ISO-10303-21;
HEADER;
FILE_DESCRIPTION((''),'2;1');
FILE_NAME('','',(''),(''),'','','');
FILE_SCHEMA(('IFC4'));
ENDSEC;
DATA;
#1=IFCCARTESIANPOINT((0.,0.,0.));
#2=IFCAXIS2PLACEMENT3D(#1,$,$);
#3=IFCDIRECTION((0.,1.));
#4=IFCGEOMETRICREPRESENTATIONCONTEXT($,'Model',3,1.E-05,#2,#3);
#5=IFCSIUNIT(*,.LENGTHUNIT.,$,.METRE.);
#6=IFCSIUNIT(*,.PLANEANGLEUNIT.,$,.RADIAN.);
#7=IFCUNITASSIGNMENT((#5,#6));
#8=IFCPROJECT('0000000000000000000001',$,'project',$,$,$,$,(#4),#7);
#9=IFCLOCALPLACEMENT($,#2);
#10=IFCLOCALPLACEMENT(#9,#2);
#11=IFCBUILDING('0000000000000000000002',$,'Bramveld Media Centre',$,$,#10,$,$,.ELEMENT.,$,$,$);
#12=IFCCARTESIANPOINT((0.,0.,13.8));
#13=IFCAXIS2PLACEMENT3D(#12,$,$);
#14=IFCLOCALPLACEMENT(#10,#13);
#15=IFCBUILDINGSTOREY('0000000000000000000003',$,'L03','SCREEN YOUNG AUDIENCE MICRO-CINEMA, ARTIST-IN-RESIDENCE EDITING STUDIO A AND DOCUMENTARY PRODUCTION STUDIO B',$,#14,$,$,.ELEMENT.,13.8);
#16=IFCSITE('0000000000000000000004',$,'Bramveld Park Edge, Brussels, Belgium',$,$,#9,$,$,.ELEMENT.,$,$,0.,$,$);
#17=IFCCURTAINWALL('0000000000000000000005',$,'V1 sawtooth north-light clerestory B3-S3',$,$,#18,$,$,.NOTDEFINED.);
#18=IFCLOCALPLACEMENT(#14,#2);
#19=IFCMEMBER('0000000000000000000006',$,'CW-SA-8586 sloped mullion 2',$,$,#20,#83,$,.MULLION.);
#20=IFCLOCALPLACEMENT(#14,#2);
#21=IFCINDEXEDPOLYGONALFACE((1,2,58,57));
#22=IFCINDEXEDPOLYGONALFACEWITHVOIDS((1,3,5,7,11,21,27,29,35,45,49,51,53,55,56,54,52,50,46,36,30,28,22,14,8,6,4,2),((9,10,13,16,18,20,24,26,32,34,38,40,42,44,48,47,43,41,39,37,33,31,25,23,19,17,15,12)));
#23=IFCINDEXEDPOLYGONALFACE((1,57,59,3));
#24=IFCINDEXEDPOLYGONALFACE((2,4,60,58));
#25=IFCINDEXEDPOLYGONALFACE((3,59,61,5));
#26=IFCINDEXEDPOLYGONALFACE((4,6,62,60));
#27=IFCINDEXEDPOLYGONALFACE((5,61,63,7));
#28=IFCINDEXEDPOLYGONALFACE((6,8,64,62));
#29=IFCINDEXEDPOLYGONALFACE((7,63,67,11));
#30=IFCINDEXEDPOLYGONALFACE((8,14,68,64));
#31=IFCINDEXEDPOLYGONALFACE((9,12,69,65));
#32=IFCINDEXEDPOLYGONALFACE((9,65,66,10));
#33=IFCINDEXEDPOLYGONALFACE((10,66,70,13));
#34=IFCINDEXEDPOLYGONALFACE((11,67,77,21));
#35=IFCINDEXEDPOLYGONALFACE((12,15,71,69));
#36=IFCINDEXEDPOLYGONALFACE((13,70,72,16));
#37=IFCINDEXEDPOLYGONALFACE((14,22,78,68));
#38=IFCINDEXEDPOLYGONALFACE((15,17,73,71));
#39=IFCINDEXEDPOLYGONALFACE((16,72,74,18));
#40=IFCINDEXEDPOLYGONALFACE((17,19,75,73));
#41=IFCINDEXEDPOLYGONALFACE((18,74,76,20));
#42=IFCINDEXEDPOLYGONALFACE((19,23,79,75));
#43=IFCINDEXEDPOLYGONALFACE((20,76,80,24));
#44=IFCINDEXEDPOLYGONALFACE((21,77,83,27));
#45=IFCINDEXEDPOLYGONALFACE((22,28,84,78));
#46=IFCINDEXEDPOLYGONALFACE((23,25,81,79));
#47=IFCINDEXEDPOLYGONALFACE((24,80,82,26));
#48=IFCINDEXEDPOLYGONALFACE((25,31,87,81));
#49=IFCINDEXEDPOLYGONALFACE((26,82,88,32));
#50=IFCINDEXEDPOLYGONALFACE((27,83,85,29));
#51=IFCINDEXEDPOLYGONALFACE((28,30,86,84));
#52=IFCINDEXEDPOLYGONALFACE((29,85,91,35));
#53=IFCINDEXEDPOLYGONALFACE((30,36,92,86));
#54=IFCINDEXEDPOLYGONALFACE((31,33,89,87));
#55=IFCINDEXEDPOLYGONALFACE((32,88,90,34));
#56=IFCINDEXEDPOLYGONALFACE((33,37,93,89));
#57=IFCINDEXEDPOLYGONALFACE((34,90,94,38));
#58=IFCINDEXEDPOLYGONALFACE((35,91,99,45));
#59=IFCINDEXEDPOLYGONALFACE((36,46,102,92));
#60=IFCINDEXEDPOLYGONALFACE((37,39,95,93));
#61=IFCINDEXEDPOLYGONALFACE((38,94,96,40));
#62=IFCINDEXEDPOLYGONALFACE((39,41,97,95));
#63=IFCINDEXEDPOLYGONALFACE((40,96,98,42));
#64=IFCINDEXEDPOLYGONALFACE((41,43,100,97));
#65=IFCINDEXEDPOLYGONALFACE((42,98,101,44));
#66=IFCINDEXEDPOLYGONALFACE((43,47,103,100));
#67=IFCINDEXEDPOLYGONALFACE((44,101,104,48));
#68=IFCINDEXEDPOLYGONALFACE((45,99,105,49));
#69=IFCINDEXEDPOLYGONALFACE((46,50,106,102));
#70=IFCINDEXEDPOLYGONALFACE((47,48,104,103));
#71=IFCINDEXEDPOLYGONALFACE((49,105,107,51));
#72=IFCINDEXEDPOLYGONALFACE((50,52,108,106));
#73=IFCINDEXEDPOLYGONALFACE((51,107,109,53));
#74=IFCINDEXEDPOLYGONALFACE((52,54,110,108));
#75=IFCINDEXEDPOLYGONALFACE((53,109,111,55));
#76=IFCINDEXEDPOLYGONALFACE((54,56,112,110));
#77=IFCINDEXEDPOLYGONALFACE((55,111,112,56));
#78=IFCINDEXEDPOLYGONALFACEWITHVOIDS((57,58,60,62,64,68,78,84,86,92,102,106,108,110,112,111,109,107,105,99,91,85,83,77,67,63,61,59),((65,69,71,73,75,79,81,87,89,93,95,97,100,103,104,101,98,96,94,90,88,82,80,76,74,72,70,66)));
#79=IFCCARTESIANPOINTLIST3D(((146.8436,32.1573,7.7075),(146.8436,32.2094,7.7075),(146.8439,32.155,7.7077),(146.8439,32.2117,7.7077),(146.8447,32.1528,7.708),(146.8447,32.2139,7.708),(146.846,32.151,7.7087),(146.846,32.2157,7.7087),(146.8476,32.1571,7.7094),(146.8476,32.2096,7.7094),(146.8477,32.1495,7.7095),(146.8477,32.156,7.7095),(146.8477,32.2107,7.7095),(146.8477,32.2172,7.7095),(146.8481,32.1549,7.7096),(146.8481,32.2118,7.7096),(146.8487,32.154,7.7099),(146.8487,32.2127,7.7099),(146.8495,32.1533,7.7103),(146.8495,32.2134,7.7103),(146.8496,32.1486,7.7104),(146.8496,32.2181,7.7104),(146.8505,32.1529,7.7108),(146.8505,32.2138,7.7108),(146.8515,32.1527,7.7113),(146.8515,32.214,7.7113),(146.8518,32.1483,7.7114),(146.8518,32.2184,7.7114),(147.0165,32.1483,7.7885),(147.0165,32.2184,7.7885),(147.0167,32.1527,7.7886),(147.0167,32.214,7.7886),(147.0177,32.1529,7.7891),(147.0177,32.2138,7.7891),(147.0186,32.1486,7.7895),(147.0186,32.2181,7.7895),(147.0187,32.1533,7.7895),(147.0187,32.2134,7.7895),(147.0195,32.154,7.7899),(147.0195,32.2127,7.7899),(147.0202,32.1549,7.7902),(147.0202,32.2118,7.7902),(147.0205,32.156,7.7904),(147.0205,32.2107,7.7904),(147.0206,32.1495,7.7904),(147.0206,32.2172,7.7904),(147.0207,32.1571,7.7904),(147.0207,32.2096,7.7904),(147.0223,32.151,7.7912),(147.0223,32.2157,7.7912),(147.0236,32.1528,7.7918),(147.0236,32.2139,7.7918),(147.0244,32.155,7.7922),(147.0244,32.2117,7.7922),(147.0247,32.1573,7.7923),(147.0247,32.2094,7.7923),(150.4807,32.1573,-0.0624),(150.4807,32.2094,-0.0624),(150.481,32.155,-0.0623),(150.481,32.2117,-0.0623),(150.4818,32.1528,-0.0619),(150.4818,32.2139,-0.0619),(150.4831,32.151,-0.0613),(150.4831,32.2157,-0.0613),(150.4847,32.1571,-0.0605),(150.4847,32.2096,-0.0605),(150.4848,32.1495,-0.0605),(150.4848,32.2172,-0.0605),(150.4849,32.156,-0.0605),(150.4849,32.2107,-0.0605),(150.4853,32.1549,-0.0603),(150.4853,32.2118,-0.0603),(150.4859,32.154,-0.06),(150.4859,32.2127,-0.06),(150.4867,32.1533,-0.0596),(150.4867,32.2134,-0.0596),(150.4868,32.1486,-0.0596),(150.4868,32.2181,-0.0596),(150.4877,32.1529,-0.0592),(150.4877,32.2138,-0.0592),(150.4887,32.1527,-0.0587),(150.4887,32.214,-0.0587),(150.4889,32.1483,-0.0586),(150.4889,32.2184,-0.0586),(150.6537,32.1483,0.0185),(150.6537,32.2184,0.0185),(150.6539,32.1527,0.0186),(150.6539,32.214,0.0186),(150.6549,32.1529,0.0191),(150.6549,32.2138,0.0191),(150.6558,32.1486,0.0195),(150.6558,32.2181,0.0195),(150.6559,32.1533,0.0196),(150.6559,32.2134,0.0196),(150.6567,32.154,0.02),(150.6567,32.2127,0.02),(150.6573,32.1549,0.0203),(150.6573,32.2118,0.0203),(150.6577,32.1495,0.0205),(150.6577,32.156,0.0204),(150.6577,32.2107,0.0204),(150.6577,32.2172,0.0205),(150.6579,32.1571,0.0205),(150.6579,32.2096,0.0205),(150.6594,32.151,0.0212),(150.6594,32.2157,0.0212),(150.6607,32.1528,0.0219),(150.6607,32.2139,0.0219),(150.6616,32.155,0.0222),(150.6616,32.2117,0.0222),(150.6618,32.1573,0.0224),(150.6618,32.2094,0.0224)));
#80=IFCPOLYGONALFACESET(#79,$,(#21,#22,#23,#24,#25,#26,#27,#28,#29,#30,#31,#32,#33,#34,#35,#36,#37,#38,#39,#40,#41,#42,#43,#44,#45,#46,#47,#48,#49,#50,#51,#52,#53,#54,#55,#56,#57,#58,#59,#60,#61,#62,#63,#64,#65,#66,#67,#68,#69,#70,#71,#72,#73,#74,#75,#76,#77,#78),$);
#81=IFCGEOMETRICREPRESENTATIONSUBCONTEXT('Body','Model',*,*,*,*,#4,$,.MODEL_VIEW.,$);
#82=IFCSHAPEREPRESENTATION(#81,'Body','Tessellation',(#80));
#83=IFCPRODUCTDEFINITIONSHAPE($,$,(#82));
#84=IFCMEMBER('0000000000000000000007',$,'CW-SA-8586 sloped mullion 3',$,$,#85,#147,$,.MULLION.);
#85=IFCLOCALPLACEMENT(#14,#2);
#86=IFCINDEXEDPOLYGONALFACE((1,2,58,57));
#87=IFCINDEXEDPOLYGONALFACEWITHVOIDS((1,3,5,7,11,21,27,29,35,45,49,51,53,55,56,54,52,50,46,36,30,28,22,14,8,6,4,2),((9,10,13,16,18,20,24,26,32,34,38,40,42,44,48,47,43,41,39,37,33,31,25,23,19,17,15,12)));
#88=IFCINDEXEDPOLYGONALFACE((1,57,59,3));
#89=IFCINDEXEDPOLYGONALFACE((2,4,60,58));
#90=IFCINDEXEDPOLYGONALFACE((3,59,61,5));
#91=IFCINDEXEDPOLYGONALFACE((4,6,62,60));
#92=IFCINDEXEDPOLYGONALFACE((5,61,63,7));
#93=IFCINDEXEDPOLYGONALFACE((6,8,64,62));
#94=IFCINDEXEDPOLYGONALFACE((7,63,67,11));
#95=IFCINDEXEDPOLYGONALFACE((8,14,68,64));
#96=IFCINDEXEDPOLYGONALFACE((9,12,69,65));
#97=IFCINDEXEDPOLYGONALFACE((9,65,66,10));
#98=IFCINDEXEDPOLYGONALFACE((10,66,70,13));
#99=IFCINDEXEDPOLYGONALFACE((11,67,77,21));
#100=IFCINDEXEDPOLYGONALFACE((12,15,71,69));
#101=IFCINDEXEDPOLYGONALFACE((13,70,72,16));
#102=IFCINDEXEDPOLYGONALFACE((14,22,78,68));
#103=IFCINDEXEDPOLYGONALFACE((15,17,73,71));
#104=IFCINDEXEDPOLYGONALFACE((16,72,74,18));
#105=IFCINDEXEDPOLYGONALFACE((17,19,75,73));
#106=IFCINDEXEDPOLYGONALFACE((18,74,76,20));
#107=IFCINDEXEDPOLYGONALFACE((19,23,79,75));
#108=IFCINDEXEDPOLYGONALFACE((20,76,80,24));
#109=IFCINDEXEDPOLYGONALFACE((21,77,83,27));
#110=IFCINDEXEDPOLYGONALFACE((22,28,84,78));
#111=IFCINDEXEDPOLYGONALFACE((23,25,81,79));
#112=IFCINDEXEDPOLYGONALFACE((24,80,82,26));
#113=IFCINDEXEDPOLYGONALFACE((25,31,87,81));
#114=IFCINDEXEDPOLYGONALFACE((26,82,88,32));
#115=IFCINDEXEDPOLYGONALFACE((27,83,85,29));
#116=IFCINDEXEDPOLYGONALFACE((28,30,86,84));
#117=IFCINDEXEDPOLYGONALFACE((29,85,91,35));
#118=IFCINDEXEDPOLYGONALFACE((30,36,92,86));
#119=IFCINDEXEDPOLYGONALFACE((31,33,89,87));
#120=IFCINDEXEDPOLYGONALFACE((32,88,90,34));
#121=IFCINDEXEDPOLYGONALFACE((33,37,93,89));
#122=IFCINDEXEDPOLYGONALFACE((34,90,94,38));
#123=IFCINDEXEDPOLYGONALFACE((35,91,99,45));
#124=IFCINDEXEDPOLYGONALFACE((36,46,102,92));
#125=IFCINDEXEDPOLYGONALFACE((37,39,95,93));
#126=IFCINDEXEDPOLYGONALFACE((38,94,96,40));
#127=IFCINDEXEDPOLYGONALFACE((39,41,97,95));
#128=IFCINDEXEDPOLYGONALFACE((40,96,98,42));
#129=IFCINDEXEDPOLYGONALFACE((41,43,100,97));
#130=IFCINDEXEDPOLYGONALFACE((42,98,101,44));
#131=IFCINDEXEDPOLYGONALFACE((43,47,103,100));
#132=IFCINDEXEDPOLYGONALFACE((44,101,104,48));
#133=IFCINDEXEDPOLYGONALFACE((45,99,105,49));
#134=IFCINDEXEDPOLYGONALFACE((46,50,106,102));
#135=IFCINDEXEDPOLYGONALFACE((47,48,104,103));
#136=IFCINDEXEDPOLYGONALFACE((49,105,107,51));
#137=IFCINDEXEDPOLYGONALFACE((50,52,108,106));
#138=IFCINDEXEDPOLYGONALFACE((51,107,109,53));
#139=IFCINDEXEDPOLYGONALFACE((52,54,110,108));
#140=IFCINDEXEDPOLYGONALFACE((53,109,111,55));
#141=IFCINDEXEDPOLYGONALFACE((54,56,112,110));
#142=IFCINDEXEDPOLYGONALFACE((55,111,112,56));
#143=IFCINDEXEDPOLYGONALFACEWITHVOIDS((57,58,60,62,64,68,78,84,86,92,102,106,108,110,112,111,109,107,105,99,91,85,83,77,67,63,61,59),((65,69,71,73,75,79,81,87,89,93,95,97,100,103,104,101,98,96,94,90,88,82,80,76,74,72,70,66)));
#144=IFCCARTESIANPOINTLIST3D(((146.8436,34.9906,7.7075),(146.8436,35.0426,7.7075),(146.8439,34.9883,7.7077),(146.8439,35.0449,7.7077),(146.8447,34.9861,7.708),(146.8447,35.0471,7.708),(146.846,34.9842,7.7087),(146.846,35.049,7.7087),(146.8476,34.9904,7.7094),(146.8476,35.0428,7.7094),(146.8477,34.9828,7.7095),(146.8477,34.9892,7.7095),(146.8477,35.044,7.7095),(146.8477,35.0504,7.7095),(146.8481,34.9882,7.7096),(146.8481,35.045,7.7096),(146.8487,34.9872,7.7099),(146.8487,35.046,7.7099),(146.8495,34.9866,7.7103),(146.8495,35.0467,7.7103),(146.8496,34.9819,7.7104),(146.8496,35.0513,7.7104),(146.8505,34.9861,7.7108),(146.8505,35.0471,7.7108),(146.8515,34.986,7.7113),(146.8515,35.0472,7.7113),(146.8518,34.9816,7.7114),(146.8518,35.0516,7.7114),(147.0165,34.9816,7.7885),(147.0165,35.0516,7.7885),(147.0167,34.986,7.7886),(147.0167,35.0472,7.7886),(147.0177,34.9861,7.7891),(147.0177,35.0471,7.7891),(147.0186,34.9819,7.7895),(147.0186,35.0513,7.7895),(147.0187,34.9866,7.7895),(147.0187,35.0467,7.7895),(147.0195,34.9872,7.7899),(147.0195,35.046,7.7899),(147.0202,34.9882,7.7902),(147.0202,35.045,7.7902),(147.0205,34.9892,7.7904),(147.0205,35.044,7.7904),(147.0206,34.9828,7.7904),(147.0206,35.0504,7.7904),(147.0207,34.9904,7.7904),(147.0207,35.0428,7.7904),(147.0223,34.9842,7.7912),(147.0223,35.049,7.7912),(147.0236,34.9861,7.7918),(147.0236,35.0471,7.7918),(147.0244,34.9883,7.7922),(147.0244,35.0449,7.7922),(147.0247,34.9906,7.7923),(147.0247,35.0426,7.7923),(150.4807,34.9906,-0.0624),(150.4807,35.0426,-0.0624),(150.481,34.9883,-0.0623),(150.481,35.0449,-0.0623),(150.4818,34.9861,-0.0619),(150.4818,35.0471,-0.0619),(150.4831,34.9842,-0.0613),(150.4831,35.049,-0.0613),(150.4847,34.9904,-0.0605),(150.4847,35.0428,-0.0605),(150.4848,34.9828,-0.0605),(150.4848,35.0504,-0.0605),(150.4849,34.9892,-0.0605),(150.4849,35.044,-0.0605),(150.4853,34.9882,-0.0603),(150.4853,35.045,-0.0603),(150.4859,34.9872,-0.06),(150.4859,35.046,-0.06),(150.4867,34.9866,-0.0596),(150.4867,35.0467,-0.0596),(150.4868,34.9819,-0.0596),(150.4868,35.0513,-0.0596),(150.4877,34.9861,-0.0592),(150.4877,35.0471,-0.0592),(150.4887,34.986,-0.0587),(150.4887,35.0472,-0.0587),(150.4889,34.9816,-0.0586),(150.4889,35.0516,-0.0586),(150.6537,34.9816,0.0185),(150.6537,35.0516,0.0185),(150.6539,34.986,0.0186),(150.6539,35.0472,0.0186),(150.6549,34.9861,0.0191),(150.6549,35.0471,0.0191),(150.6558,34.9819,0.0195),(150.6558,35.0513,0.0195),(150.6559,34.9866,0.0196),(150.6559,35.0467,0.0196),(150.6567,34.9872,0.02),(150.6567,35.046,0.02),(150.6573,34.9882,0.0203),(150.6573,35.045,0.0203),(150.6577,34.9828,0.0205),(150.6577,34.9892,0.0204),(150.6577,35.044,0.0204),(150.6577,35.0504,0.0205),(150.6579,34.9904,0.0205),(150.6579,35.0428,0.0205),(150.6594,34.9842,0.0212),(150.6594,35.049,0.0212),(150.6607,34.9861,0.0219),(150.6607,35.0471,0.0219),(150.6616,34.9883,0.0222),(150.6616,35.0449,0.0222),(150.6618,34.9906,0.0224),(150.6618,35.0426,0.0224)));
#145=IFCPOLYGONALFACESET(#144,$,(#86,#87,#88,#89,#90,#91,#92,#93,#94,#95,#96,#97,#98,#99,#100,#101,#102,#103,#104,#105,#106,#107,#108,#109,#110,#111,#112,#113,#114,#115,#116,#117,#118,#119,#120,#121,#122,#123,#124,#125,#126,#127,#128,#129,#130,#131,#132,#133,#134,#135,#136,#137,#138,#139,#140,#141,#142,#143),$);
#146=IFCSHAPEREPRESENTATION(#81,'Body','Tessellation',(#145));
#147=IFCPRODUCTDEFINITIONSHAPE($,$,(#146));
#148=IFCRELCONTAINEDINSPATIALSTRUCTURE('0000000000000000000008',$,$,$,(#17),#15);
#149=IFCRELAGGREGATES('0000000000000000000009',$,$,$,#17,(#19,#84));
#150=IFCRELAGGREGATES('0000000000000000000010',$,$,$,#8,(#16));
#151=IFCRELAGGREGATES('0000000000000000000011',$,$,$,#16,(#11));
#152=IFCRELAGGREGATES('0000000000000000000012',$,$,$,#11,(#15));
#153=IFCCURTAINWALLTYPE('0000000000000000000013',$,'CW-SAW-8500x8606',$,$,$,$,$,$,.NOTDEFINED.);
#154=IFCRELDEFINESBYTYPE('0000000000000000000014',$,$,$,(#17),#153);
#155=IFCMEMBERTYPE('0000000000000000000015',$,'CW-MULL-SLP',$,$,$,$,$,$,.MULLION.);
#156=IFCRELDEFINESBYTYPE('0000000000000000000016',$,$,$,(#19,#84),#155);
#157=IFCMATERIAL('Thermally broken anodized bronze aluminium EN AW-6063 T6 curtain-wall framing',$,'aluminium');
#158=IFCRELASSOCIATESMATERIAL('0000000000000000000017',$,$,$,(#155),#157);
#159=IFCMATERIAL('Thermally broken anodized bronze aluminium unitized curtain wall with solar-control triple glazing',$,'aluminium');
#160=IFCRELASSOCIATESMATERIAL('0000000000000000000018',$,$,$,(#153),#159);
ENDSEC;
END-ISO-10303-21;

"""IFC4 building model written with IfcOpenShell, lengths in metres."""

from ifc_helpers import new_model, si_unit, direction, frame, origin, origin_2d, place, context, subcontext, project, spatial, hollow_rectangle, extrude, material, material_profile, profile_set, type_object, element, aggregate, save


model = new_model("IFC4")

# Units and contexts
model_context = context("Model", 3, precision=1e-05, world=origin(), true_north=direction((0.0, 1.0)))
body_context = subcontext(model_context, "Body", "Model", "MODEL_VIEW")
ifc_project = project(units=[si_unit("LENGTHUNIT", "METRE"), si_unit("PLANEANGLEUNIT", "RADIAN")], contexts=[model_context])

# Site, building, storey
site_placement = place(None, origin())
site = spatial("IfcSite", under=ifc_project, at=site_placement, Name="Bramveld Park Edge, Brussels, Belgium", CompositionType="ELEMENT", RefElevation=0.0)
building_placement = place(site_placement, origin())
building = spatial("IfcBuilding", under=site, at=building_placement, Name="Bramveld Media Centre", CompositionType="ELEMENT")
storey_placement = place(building_placement, frame((0.0, 0.0, 13.8)))
storey = spatial("IfcBuildingStorey", under=building, at=storey_placement, Name="L03", Description="SCREEN YOUNG AUDIENCE MICRO-CINEMA, ARTIST-IN-RESIDENCE EDITING STUDIO A AND DOCUMENTARY PRODUCTION STUDIO B", CompositionType="ELEMENT", Elevation=13.8)

# Shared definitions
ifc_material_1 = material(Name="Thermally broken anodized bronze aluminium EN AW-6063 T6 curtain-wall framing", Category="aluminium")
ifc_material_profile_1 = material_profile(ifc_material_1, hollow_rectangle(XDim=0.0701, YDim=0.2, WallThickness=0.0044, InnerFilletRadius=0.0044, OuterFilletRadius=0.009, at=origin_2d()), Name="AL-MULL 70x200")
ifc_profile_set_1 = profile_set([ifc_material_profile_1], Name="Thermally broken anodized bronze aluminium EN AW-6063 T6 curtain-wall framing")
member_type_1 = type_object("IfcMemberType", Name="CW-MULL-SLP", PredefinedType="MULLION", material=ifc_profile_set_1)

# Curtain wall, members
ifc_material_2 = material(Name="Thermally broken anodized bronze aluminium unitized curtain wall with solar-control triple glazing", Category="aluminium")
curtain_wall_type_1 = type_object("IfcCurtainWallType", Name="CW-SAW-8500x8606", PredefinedType="NOTDEFINED", material=ifc_material_2)
curtain_wall_1_placement = place(storey_placement, origin())
curtain_wall_1 = element("IfcCurtainWall", 1, at=curtain_wall_1_placement, inside=storey, type_object=curtain_wall_type_1, Name="V1 sawtooth north-light clerestory B3-S3", PredefinedType="NOTDEFINED")
member_1_placement = place(storey_placement, frame((150.5713, 32.1833, -0.02), z_axis=(-0.423957, 0.0, 0.905682), x_axis=(0.0, -1.0, 0.0)))
member_1 = element("IfcMember", 2, at=member_1_placement, type_object=member_type_1, Name="CW-SA-8586 sloped mullion 2", PredefinedType="MULLION", context=body_context, shape_type="SweptSolid", body=[
    extrude(hollow_rectangle(XDim=0.0701, YDim=0.2, WallThickness=0.0044, InnerFilletRadius=0.0044, OuterFilletRadius=0.009, at=origin_2d()), origin(), (0.0, 0.0, 1.0), 8.5791),
])
member_2_placement = place(storey_placement, frame((150.5713, 35.0166, -0.02), z_axis=(-0.423957, 0.0, 0.905682), x_axis=(0.0, -1.0, 0.0)))
member_2 = element("IfcMember", 3, at=member_2_placement, type_object=member_type_1, Name="CW-SA-8586 sloped mullion 3", PredefinedType="MULLION", context=body_context, shape_type="SweptSolid", body=[
    extrude(hollow_rectangle(XDim=0.0701, YDim=0.2, WallThickness=0.0044, InnerFilletRadius=0.0044, OuterFilletRadius=0.009, at=origin_2d()), origin(), (0.0, 0.0, 1.0), 8.5791),
])

aggregate(curtain_wall_1, [member_1, member_2])

save(model, "model.ifc")
